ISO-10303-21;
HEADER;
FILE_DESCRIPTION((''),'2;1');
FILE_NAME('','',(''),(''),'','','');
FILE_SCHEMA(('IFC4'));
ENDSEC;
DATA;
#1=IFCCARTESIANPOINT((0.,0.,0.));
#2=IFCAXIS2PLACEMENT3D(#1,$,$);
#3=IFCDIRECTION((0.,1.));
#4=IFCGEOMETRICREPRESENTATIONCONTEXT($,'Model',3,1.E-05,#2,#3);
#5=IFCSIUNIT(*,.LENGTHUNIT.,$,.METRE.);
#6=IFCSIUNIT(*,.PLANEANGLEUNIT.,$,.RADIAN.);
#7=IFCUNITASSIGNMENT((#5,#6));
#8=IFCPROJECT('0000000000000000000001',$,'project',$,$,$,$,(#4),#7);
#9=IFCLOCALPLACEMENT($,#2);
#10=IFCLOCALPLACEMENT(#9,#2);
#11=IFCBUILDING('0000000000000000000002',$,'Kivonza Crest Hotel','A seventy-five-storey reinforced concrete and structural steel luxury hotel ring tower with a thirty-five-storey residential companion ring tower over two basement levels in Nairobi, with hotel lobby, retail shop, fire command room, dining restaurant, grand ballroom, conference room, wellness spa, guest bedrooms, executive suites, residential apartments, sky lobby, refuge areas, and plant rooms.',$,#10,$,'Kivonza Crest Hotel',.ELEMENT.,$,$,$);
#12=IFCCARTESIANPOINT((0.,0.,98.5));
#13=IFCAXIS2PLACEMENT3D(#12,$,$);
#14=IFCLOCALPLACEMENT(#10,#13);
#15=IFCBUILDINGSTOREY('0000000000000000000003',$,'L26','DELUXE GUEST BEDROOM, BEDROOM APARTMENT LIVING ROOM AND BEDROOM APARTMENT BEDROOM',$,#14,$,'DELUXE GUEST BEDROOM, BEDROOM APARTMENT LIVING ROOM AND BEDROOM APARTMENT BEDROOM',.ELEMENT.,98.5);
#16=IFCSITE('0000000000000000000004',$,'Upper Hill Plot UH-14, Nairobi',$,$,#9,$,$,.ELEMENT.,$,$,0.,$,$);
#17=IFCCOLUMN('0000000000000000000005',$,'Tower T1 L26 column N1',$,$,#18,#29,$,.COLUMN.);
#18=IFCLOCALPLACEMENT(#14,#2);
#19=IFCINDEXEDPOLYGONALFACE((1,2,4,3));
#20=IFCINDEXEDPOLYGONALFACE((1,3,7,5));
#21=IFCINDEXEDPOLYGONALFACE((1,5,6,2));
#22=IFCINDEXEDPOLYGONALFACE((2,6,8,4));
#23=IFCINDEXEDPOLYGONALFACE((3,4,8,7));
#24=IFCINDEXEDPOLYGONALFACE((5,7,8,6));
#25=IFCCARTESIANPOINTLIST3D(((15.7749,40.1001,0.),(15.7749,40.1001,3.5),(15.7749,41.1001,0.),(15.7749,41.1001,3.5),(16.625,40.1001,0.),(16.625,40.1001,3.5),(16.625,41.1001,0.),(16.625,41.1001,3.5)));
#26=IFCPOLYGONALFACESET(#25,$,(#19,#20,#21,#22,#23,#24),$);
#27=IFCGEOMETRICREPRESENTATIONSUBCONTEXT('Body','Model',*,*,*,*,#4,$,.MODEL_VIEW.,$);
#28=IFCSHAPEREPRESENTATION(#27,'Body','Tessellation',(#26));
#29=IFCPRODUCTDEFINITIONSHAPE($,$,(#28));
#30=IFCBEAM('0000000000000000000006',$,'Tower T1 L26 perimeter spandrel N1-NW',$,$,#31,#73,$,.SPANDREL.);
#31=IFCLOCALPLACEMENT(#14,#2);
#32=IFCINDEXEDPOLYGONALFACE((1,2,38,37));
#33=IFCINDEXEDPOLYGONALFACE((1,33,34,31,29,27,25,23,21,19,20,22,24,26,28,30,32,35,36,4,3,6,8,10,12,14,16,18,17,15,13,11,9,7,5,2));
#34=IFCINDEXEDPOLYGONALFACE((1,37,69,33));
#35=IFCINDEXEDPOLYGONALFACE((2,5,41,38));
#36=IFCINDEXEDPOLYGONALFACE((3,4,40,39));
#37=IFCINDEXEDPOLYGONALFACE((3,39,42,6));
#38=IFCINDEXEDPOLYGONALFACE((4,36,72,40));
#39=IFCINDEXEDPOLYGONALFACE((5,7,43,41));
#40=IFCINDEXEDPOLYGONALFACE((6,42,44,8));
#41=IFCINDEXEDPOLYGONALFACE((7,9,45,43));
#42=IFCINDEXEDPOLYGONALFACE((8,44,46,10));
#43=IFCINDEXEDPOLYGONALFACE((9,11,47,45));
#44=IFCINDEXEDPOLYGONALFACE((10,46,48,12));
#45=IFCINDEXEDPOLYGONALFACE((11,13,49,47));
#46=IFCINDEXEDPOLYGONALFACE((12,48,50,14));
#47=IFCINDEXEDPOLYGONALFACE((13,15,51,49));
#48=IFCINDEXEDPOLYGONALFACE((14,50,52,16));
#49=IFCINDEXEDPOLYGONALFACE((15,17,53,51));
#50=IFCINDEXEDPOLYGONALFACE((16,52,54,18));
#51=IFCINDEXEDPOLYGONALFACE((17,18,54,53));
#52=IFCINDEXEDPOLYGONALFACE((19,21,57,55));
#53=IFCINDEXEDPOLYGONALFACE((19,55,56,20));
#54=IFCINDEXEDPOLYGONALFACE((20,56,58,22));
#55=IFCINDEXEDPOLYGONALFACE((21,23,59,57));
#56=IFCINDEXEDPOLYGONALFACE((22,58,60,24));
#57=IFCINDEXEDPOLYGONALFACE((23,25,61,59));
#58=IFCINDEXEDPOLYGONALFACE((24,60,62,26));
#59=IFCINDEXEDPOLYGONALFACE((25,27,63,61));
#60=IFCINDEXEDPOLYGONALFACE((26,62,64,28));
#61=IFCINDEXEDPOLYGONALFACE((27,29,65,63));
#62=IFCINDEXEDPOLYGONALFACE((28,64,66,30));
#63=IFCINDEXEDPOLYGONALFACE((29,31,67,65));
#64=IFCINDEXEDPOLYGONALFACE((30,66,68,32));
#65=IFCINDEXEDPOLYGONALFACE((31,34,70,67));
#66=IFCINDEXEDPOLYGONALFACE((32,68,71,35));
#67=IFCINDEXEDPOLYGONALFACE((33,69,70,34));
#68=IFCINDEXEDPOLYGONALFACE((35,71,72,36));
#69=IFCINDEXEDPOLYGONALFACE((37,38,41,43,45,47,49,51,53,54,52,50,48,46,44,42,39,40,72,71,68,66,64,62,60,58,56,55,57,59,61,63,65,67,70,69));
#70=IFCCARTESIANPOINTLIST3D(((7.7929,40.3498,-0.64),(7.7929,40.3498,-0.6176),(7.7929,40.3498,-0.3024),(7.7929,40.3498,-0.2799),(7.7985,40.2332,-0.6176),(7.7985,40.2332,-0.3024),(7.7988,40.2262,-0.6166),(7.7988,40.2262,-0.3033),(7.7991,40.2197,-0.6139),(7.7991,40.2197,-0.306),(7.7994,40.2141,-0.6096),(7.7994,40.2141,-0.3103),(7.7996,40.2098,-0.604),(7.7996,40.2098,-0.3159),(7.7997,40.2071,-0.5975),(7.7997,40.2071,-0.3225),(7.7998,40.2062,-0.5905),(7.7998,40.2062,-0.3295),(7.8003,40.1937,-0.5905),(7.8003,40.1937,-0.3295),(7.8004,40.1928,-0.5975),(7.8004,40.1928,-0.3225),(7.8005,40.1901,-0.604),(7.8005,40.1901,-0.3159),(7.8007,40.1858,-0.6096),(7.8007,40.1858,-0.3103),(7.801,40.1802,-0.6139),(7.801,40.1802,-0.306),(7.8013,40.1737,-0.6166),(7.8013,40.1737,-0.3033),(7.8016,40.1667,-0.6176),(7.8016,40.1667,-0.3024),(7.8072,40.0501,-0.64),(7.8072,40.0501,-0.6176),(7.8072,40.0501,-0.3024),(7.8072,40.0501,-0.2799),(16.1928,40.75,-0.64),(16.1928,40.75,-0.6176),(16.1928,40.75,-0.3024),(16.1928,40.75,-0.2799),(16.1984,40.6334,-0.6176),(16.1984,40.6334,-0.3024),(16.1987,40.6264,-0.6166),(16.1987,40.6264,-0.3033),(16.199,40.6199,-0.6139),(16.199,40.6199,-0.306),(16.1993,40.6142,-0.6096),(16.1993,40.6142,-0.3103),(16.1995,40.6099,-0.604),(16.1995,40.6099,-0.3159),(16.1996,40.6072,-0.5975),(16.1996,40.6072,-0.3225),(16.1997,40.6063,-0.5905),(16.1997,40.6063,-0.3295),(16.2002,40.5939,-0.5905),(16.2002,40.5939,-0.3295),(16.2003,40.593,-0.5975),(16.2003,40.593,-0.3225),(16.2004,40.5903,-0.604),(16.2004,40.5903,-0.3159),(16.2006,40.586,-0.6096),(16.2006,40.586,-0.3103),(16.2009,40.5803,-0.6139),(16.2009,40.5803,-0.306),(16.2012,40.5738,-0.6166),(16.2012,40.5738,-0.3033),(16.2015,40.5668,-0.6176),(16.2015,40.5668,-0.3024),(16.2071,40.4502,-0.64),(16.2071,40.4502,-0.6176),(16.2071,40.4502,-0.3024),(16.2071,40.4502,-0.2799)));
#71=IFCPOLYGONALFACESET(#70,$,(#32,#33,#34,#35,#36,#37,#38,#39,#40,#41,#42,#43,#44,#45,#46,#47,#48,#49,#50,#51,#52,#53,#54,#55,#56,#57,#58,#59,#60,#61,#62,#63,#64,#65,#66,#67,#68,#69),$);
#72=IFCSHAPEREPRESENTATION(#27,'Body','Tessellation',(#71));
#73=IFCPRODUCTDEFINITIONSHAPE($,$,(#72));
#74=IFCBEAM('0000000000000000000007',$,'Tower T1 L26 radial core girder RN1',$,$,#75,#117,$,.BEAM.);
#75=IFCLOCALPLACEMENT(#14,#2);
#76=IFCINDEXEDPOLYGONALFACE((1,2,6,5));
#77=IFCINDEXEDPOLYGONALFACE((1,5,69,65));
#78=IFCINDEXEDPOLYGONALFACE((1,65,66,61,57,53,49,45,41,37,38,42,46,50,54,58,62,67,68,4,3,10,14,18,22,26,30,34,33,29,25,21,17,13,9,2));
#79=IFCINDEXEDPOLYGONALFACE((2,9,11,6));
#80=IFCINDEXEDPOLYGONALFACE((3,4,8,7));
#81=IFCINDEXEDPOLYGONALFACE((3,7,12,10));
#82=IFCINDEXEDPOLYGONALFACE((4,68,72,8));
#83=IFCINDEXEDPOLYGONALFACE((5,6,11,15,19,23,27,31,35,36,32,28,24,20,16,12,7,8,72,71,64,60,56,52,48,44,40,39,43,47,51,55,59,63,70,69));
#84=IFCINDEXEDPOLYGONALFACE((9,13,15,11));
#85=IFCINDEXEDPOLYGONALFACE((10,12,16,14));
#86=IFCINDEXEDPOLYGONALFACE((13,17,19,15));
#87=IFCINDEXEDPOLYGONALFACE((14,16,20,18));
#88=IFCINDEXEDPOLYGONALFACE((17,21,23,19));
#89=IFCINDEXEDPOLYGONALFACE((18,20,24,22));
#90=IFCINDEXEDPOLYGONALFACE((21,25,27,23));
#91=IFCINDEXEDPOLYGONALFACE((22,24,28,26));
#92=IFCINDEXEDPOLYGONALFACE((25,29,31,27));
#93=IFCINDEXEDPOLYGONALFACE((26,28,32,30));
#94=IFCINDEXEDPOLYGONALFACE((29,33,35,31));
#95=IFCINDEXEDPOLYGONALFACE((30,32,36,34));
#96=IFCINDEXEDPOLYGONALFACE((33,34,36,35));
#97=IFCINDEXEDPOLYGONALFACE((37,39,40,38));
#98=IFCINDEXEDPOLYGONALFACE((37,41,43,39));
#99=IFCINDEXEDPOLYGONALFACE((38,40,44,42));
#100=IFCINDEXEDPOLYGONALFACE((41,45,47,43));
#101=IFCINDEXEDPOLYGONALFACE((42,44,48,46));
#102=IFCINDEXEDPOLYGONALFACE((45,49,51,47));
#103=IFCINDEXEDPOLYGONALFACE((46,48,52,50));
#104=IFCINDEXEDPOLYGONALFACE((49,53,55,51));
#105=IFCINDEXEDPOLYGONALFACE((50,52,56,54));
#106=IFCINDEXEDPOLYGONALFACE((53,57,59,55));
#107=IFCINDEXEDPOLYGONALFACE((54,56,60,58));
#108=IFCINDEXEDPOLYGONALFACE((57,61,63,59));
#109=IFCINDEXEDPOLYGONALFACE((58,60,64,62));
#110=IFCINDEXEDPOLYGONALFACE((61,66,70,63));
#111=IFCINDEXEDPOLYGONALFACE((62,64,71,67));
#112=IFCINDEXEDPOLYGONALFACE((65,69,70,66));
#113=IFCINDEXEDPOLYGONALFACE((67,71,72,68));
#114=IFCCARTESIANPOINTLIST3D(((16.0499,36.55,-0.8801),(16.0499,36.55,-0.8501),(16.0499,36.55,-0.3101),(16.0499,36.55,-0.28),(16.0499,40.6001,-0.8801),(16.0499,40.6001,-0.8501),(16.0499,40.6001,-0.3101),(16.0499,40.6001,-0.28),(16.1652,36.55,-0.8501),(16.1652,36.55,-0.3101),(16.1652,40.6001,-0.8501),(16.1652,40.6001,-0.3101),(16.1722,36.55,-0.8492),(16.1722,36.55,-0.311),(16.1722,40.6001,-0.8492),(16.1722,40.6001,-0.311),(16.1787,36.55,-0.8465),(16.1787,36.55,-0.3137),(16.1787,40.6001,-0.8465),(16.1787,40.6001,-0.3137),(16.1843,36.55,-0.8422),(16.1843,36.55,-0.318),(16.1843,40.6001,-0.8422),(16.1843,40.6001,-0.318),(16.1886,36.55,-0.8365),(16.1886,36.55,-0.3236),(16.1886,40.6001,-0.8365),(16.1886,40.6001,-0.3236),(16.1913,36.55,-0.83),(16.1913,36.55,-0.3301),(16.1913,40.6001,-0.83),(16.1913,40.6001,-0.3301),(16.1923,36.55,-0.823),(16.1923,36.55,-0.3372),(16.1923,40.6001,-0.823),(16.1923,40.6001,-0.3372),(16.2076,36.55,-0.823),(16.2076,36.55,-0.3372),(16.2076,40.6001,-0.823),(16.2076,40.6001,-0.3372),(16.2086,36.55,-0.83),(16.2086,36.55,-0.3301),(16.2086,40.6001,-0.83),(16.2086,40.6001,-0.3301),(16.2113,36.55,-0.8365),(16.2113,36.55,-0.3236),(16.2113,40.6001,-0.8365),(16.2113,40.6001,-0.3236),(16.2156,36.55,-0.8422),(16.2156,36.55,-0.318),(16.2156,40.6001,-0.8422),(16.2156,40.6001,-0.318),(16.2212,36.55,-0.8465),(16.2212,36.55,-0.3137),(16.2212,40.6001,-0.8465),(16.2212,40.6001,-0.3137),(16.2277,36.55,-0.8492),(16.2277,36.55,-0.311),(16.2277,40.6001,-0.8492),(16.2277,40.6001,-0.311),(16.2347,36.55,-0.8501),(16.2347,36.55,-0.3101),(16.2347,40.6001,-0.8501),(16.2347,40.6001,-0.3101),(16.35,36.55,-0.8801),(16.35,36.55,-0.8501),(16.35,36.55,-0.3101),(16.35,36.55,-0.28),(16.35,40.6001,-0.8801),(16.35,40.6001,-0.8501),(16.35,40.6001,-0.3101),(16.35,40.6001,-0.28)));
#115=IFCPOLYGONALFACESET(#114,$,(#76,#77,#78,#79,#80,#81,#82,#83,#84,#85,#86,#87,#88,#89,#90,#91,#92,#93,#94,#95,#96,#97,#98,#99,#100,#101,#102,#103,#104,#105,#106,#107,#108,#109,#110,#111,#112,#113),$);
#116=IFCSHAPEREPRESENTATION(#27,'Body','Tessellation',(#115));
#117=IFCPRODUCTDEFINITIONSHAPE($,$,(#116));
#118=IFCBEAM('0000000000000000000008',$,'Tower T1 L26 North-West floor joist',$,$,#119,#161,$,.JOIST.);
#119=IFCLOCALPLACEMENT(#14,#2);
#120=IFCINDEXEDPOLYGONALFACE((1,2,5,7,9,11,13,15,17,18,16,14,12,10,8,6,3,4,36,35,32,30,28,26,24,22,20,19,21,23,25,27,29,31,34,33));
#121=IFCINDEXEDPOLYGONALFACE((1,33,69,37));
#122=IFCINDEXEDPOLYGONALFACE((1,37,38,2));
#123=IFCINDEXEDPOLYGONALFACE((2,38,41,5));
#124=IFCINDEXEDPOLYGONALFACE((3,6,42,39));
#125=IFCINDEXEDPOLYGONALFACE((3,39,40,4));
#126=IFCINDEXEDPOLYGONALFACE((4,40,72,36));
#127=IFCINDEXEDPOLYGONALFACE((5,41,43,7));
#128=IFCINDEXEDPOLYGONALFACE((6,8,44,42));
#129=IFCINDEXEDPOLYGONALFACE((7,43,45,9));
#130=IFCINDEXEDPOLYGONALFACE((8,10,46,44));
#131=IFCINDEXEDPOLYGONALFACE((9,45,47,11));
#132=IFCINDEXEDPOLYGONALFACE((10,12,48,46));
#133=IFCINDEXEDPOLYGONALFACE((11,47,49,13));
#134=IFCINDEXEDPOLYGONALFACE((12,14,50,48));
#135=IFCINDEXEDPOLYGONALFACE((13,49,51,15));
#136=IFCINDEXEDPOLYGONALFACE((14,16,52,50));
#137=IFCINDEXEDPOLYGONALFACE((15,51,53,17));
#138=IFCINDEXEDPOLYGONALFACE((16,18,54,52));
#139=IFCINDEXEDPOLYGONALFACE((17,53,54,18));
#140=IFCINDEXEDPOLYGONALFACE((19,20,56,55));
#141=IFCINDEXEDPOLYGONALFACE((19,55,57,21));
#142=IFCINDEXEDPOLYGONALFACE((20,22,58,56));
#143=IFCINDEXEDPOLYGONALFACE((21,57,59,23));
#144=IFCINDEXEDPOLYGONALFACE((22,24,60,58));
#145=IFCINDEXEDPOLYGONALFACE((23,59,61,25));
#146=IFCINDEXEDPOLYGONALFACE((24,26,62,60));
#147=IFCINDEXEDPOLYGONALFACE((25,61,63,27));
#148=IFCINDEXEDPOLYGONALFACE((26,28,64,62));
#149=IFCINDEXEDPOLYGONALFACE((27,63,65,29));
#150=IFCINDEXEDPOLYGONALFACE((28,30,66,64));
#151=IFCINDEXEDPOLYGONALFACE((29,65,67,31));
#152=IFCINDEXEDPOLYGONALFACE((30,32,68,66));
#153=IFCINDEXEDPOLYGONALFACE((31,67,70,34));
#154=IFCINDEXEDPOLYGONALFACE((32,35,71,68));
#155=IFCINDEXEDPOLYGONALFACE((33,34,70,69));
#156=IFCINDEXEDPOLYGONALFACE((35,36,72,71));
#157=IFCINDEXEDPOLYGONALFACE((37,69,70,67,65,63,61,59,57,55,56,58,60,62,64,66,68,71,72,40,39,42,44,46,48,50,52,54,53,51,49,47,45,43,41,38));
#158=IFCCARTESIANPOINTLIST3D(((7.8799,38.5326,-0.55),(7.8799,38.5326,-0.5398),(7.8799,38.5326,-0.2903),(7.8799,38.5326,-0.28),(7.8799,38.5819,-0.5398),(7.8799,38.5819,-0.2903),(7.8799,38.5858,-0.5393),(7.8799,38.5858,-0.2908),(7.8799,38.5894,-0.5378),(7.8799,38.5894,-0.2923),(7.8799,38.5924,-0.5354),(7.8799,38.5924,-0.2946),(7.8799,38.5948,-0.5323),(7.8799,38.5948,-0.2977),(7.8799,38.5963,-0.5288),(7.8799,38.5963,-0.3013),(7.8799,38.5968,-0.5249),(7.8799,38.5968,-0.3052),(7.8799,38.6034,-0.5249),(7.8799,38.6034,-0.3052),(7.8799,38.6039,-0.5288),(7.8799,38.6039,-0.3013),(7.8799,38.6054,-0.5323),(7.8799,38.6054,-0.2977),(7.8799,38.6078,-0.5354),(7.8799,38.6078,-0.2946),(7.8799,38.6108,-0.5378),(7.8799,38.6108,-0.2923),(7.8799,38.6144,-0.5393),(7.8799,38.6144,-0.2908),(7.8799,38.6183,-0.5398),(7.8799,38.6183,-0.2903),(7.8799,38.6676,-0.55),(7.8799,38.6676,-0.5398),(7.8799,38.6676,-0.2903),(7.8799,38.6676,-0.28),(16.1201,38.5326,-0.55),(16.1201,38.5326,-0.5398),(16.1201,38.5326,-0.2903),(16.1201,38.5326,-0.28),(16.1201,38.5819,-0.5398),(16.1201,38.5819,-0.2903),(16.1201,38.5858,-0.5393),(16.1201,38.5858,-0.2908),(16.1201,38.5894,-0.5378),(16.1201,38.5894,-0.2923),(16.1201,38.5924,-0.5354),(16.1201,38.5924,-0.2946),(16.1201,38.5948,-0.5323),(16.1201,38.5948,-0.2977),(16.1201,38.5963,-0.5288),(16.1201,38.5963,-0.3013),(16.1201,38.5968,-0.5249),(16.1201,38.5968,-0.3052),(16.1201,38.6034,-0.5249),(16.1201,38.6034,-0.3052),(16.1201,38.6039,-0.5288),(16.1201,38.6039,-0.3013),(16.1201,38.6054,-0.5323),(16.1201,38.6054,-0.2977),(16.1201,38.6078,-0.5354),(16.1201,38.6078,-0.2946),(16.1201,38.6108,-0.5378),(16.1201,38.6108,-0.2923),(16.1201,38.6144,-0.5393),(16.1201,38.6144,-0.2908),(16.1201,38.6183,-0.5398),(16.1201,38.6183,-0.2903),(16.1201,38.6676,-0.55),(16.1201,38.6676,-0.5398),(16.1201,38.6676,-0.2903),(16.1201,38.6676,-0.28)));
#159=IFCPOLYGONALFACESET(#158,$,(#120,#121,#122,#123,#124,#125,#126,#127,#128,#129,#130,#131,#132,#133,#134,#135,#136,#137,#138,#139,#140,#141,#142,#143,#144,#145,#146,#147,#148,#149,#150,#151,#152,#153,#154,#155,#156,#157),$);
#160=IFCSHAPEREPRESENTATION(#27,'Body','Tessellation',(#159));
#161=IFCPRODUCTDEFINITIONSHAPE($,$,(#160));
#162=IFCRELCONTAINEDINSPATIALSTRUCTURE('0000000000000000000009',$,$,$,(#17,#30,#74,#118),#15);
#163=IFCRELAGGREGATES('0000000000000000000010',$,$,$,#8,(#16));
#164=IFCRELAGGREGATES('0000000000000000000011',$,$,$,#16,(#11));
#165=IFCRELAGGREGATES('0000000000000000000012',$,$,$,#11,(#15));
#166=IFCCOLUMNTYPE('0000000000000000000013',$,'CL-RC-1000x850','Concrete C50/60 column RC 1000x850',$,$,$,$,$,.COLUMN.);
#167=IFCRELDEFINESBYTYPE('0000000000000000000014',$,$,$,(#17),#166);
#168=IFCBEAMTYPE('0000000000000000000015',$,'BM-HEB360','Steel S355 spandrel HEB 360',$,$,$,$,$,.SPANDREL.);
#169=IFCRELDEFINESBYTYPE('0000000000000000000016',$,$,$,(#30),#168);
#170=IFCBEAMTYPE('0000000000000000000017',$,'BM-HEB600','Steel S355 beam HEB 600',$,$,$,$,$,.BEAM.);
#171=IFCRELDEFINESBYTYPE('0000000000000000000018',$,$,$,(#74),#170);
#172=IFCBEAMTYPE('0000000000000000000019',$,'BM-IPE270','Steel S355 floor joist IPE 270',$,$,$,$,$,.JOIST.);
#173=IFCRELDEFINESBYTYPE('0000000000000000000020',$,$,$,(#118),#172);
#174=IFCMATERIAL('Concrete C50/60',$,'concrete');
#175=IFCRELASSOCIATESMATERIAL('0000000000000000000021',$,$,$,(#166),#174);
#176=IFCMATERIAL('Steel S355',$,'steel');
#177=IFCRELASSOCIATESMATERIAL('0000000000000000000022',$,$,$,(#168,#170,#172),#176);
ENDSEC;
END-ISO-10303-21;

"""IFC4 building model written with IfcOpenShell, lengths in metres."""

from ifc_helpers import new_model, si_unit, direction, frame, origin, origin_2d, place, context, subcontext, project, spatial, rectangle, i_section, extrude, material, material_profile, profile_set, type_object, element, save


model = new_model("IFC4")

# Units and contexts
model_context = context("Model", 3, precision=1e-05, world=origin(), true_north=direction((0.0, 1.0)))
body_context = subcontext(model_context, "Body", "Model", "MODEL_VIEW")
ifc_project = project(units=[si_unit("LENGTHUNIT", "METRE"), si_unit("PLANEANGLEUNIT", "RADIAN")], contexts=[model_context])

# Site, building, storey
site_placement = place(None, origin())
site = spatial("IfcSite", under=ifc_project, at=site_placement, Name="Upper Hill Plot UH-14, Nairobi", CompositionType="ELEMENT", RefElevation=0.0)
building_placement = place(site_placement, origin())
building = spatial("IfcBuilding", under=site, at=building_placement, Name="Kivonza Crest Hotel", Description="A seventy-five-storey reinforced concrete and structural steel luxury hotel ring tower with a thirty-five-storey residential companion ring tower over two basement levels in Nairobi, with hotel lobby, retail shop, fire command room, dining restaurant, grand ballroom, conference room, wellness spa, guest bedrooms, executive suites, residential apartments, sky lobby, refuge areas, and plant rooms.", LongName="Kivonza Crest Hotel", CompositionType="ELEMENT")
storey_placement = place(building_placement, frame((0.0, 0.0, 98.5)))
storey = spatial("IfcBuildingStorey", under=building, at=storey_placement, Name="L26", Description="DELUXE GUEST BEDROOM, BEDROOM APARTMENT LIVING ROOM AND BEDROOM APARTMENT BEDROOM", LongName="DELUXE GUEST BEDROOM, BEDROOM APARTMENT LIVING ROOM AND BEDROOM APARTMENT BEDROOM", CompositionType="ELEMENT", Elevation=98.5)

# Column
ifc_material_1 = material(Name="Concrete C50/60", Category="concrete")
ifc_material_profile_1 = material_profile(ifc_material_1, rectangle(XDim=0.8501, YDim=1.0, at=origin_2d()), Name="RC 1000x850")
ifc_profile_set_1 = profile_set([ifc_material_profile_1], Name="Concrete C50/60")
column_type = type_object("IfcColumnType", Name="CL-RC-1000x850", Description="Concrete C50/60 column RC 1000x850", PredefinedType="COLUMN", material=ifc_profile_set_1)
column_placement = place(storey_placement, frame((16.2, 40.6001, 0.0), z_axis=(0.0, 0.0, 1.0), x_axis=(1.0, 0.0, 0.0)))
element("IfcColumn", 1, at=column_placement, inside=storey, type_object=column_type, Name="Tower T1 L26 column N1", PredefinedType="COLUMN", context=body_context, shape_type="SweptSolid", body=[
    extrude(rectangle(XDim=0.8501, YDim=1.0, at=origin_2d()), origin(), (0.0, 0.0, 1.0), 3.5),
])

# Beams
ifc_material_2 = material(Name="Steel S355", Category="steel")
ifc_material_profile_2 = material_profile(ifc_material_2, i_section(OverallWidth=0.3, OverallDepth=0.3601, WebThickness=0.0125, FlangeThickness=0.0225, FilletRadius=0.0271, at=origin_2d()), Name="HEB 360")
ifc_profile_set_2 = profile_set([ifc_material_profile_2], Name="Steel S355")
beam_type_1 = type_object("IfcBeamType", Name="BM-HEB360", Description="Steel S355 spandrel HEB 360", PredefinedType="SPANDREL", material=ifc_profile_set_2)
beam_1_placement = place(storey_placement, frame((16.2, 40.6001, -0.46), z_axis=(-0.998867, -0.047583, 0.0), x_axis=(0.047583, -0.998867, 0.0)))
element("IfcBeam", 2, at=beam_1_placement, inside=storey, type_object=beam_type_1, Name="Tower T1 L26 perimeter spandrel N1-NW", PredefinedType="SPANDREL", context=body_context, shape_type="SweptSolid", body=[
    extrude(i_section(OverallWidth=0.3, OverallDepth=0.3601, WebThickness=0.0125, FlangeThickness=0.0225, FilletRadius=0.0271, at=origin_2d()), origin(), (0.0, 0.0, 1.0), 8.4094),
])
ifc_material_profile_3 = material_profile(ifc_material_2, i_section(OverallWidth=0.3, OverallDepth=0.6001, WebThickness=0.0154, FlangeThickness=0.03, FilletRadius=0.0271, at=origin_2d()), Name="HEB 600")
ifc_profile_set_3 = profile_set([ifc_material_profile_3], Name="Steel S355")
beam_type_2 = type_object("IfcBeamType", Name="BM-HEB600", Description="Steel S355 beam HEB 600", PredefinedType="BEAM", material=ifc_profile_set_3)
beam_2_placement = place(storey_placement, frame((16.2, 40.6001, -0.5801), z_axis=(0.0, -1.0, 0.0), x_axis=(1.0, 0.0, 0.0)))
element("IfcBeam", 3, at=beam_2_placement, inside=storey, type_object=beam_type_2, Name="Tower T1 L26 radial core girder RN1", PredefinedType="BEAM", context=body_context, shape_type="SweptSolid", body=[
    extrude(i_section(OverallWidth=0.3, OverallDepth=0.6001, WebThickness=0.0154, FlangeThickness=0.03, FilletRadius=0.0271, at=origin_2d()), origin(), (0.0, 0.0, 1.0), 4.05),
])
ifc_material_profile_4 = material_profile(ifc_material_2, i_section(OverallWidth=0.135, OverallDepth=0.27, WebThickness=0.0066, FlangeThickness=0.0103, FilletRadius=0.0149, at=origin_2d()), Name="IPE 270")
ifc_profile_set_4 = profile_set([ifc_material_profile_4], Name="Steel S355")
beam_type_3 = type_object("IfcBeamType", Name="BM-IPE270", Description="Steel S355 floor joist IPE 270", PredefinedType="JOIST", material=ifc_profile_set_4)
beam_3_placement = place(storey_placement, frame((7.8799, 38.6001, -0.415), z_axis=(1.0, 0.0, 0.0), x_axis=(0.0, 1.0, 0.0)))
element("IfcBeam", 4, at=beam_3_placement, inside=storey, type_object=beam_type_3, Name="Tower T1 L26 North-West floor joist", PredefinedType="JOIST", context=body_context, shape_type="SweptSolid", body=[
    extrude(i_section(OverallWidth=0.135, OverallDepth=0.27, WebThickness=0.0066, FlangeThickness=0.0103, FilletRadius=0.0149, at=origin_2d()), origin(), (0.0, 0.0, 1.0), 8.2402),
])

save(model, "model.ifc")
